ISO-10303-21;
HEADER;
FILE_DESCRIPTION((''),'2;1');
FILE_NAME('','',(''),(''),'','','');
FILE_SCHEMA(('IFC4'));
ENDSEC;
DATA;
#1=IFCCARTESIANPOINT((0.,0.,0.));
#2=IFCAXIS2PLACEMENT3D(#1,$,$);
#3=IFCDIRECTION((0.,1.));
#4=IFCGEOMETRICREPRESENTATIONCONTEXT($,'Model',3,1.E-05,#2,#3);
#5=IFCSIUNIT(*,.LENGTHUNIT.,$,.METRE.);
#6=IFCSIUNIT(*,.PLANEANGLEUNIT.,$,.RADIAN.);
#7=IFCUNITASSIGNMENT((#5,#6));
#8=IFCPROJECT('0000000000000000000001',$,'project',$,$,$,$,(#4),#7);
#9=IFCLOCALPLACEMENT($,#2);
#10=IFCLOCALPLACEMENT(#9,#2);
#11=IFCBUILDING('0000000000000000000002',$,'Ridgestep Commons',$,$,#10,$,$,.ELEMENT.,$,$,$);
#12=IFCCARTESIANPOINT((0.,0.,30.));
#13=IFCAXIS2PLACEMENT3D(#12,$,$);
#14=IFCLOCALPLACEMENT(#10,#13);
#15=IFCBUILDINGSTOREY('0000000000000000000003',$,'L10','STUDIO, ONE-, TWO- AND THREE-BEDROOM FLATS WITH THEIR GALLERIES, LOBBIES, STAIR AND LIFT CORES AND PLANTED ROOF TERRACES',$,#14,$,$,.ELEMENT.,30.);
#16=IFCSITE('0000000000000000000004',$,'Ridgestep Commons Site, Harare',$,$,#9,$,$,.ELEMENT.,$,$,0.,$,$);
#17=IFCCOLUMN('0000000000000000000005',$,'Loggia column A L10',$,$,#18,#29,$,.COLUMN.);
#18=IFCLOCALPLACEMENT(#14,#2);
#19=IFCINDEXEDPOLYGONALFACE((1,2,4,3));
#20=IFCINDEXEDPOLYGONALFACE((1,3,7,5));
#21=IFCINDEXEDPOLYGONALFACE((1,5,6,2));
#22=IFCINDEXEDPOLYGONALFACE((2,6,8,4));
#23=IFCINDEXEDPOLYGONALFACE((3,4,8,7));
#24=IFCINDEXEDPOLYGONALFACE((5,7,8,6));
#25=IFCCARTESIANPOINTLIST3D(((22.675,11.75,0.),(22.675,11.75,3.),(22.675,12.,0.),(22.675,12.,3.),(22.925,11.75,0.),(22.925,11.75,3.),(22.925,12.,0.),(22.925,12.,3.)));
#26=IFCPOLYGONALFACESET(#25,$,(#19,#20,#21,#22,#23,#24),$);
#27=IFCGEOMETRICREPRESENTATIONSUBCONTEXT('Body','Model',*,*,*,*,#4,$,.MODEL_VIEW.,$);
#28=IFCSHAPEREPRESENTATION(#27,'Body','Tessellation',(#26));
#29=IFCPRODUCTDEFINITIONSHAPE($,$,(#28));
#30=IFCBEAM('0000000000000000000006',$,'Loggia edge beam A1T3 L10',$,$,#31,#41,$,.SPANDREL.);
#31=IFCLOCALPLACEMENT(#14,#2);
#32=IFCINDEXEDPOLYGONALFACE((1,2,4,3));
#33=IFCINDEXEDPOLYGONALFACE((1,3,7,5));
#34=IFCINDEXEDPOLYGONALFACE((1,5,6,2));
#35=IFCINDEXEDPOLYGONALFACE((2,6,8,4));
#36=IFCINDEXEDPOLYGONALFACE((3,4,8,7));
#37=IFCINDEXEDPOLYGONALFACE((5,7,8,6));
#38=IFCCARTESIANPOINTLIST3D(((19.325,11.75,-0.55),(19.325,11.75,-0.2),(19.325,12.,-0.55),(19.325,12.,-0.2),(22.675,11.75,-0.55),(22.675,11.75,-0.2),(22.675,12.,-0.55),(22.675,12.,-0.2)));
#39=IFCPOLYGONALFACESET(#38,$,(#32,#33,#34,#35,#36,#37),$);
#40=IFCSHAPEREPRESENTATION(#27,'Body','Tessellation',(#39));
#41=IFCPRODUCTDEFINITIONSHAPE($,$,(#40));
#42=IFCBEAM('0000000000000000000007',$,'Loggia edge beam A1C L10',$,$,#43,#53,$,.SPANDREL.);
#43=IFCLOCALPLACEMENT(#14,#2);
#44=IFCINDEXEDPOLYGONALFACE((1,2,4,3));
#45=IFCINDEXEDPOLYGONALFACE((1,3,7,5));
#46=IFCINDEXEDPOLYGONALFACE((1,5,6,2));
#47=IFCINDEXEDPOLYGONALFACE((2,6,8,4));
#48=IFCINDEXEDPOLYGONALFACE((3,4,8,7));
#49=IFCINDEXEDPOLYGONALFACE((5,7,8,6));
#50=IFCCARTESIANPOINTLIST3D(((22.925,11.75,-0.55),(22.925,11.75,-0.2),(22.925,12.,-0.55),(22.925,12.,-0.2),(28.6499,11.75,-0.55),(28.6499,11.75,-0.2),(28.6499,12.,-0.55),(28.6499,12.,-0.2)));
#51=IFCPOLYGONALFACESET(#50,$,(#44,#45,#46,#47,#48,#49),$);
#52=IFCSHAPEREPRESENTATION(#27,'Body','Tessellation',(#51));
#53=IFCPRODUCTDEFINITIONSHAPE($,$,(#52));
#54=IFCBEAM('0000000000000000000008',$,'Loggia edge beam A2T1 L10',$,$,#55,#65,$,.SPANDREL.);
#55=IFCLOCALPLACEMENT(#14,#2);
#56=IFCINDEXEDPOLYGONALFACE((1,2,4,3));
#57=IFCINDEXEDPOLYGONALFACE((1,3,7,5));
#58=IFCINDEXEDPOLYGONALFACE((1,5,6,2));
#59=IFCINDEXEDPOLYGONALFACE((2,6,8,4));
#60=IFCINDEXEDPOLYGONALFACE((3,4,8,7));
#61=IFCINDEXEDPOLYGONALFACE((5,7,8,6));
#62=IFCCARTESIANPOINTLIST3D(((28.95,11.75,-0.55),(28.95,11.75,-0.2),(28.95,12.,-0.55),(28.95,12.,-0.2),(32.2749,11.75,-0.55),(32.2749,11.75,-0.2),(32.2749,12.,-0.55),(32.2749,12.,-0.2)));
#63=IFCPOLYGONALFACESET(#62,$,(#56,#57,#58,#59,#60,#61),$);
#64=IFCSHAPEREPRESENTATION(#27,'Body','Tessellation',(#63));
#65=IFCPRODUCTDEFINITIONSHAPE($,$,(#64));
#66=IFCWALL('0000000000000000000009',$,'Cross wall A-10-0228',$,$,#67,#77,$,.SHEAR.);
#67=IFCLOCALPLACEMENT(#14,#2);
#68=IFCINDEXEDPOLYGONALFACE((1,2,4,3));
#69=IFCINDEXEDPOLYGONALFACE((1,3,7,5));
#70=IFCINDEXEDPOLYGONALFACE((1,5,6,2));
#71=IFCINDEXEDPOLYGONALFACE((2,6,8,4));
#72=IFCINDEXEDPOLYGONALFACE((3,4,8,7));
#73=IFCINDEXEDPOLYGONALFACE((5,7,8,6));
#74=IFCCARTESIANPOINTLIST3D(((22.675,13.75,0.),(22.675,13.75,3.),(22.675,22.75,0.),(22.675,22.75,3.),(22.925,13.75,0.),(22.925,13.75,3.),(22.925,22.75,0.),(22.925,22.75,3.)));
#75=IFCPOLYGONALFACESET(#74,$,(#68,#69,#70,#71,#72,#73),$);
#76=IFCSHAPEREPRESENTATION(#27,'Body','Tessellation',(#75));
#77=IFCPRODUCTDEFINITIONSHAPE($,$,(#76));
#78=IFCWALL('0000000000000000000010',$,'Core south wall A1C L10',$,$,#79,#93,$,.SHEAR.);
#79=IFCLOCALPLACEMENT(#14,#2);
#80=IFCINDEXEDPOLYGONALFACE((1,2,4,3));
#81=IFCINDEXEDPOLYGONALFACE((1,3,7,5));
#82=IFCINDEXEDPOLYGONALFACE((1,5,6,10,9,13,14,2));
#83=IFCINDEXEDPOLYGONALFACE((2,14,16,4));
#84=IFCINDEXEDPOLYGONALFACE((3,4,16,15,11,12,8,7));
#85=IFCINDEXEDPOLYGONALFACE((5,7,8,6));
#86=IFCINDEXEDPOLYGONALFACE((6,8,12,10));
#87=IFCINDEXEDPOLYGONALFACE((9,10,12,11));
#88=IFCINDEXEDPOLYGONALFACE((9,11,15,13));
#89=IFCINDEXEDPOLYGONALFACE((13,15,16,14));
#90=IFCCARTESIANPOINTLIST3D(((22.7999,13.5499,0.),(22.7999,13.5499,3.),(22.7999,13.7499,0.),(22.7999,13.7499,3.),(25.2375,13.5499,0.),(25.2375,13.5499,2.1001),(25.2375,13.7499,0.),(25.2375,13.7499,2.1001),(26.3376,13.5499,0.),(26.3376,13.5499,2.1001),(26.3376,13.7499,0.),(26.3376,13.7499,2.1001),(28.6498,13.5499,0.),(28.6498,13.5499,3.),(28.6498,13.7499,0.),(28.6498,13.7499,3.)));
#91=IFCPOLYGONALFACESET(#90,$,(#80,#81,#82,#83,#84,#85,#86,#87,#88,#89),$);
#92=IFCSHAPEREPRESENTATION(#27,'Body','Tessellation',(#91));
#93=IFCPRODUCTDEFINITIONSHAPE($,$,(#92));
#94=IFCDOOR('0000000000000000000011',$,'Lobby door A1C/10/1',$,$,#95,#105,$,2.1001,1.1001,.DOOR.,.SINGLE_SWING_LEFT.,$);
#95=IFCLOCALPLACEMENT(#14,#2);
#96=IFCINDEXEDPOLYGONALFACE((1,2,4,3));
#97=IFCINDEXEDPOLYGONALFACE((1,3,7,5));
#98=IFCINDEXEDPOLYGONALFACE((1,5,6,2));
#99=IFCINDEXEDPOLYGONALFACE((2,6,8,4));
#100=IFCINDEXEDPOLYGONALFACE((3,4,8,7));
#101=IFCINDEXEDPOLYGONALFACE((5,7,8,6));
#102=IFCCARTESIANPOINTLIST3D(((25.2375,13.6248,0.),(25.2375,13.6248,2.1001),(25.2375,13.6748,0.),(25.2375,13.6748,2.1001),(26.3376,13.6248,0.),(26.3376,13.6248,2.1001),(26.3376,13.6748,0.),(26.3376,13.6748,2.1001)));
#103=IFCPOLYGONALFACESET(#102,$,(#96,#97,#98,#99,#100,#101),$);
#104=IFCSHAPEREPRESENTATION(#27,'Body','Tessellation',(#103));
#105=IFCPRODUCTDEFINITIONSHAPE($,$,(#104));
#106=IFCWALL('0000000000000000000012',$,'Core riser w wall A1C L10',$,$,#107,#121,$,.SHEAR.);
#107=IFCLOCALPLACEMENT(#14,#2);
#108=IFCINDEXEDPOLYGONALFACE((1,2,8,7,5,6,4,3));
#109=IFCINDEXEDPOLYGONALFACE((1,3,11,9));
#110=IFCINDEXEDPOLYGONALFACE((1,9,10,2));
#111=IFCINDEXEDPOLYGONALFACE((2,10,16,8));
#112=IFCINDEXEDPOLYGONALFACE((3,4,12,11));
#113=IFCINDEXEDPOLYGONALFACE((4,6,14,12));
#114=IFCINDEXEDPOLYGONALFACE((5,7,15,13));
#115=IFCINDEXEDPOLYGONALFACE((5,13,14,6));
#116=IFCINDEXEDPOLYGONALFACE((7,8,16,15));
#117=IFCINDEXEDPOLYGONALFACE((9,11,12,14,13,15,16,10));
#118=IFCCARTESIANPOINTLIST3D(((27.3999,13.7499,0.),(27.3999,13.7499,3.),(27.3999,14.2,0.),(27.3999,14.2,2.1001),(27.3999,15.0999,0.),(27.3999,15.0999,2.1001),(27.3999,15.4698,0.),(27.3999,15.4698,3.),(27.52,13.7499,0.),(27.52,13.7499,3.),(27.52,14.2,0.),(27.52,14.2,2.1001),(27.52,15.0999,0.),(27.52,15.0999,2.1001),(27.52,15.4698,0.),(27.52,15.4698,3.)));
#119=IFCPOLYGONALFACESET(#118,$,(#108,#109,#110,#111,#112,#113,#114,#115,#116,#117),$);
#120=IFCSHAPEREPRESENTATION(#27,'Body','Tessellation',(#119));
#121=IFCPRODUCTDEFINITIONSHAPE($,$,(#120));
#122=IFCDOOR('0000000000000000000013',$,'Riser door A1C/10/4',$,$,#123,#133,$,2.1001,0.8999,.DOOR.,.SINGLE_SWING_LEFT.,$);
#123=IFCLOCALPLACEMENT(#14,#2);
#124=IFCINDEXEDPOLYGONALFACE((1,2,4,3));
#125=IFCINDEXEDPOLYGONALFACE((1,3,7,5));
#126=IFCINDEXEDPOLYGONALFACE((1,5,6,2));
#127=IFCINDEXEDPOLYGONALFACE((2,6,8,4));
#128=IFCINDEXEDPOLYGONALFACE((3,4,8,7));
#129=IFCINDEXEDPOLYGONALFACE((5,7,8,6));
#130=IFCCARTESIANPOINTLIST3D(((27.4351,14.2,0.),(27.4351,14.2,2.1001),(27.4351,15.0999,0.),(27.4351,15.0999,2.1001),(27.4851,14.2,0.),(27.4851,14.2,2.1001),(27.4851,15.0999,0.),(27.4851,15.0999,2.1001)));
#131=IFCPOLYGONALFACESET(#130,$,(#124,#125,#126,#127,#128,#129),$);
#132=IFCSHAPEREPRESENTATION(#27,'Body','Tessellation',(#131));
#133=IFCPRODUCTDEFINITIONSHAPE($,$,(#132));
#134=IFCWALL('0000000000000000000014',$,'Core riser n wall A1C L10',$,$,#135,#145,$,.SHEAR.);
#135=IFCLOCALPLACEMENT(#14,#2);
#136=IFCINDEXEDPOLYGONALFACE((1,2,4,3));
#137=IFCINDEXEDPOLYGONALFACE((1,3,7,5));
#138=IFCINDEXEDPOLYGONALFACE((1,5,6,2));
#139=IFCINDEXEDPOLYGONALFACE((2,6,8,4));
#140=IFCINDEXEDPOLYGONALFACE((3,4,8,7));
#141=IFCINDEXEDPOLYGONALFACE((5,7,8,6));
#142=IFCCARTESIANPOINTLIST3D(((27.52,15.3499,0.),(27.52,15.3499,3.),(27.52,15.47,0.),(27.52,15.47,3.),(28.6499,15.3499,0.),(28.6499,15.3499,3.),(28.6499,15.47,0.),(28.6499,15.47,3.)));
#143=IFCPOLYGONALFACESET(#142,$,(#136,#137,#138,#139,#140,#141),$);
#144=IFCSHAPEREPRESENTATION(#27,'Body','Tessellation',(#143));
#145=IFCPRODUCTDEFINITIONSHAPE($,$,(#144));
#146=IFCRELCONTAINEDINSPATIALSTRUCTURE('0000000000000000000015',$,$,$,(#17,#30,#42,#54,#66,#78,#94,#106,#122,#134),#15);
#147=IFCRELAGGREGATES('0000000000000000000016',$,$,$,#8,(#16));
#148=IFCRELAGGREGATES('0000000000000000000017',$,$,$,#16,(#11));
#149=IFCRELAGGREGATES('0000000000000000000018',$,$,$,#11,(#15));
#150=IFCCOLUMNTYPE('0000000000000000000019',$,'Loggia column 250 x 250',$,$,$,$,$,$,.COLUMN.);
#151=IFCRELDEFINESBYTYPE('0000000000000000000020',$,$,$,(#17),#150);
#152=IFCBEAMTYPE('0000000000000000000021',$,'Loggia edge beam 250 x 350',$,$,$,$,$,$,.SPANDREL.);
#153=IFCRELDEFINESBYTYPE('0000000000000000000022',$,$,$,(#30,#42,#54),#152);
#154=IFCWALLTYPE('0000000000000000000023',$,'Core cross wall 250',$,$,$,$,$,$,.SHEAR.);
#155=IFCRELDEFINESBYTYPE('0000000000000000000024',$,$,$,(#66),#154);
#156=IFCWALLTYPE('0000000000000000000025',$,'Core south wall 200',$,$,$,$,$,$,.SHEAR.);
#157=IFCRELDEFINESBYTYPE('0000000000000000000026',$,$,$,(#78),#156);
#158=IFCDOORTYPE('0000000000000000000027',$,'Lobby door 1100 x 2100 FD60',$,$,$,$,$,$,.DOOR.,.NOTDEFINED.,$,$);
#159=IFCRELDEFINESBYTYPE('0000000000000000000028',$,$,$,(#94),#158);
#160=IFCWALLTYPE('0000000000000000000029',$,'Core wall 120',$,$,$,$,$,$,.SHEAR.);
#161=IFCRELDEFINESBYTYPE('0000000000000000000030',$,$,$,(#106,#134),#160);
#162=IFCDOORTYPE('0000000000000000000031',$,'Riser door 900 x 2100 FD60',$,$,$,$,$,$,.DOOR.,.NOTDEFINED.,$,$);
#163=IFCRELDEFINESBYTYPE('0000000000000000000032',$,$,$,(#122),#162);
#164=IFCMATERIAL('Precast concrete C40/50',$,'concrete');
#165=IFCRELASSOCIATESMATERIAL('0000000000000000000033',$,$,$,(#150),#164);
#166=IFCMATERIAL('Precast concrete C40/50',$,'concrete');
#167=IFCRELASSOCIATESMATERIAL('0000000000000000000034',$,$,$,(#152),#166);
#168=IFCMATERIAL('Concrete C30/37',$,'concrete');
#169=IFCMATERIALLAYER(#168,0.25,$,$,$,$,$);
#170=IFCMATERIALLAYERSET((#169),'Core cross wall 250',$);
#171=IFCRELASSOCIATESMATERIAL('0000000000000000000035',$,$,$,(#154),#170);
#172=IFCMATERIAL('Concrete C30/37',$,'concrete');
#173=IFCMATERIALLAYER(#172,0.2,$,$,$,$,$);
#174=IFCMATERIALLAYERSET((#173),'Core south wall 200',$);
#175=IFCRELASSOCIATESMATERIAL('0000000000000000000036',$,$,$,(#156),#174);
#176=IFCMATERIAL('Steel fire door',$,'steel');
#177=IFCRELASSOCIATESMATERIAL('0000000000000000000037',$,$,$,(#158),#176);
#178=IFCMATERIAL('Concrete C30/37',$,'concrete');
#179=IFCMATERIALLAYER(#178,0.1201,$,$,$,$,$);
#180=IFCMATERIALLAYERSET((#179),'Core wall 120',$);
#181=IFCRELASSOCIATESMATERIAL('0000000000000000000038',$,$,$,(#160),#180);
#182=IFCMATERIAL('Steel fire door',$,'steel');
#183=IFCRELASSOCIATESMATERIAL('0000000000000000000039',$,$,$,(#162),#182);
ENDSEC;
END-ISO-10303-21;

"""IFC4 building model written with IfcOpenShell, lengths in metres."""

from ifc_helpers import new_model, si_unit, direction, frame, frame_2d, origin, origin_2d, place, context, subcontext, project, spatial, rectangle, extrude, material, layer, layer_set, material_profile, profile_set, type_object, element, fill, save


model = new_model("IFC4")

# Units and contexts
model_context = context("Model", 3, precision=1e-05, world=origin(), true_north=direction((0.0, 1.0)))
body_context = subcontext(model_context, "Body", "Model", "MODEL_VIEW")
ifc_project = project(units=[si_unit("LENGTHUNIT", "METRE"), si_unit("PLANEANGLEUNIT", "RADIAN")], contexts=[model_context])

# Site, building, storey
site_placement = place(None, origin())
site = spatial("IfcSite", under=ifc_project, at=site_placement, Name="Ridgestep Commons Site, Harare", CompositionType="ELEMENT", RefElevation=0.0)
building_placement = place(site_placement, origin())
building = spatial("IfcBuilding", under=site, at=building_placement, Name="Ridgestep Commons", CompositionType="ELEMENT")
storey_placement = place(building_placement, frame((0.0, 0.0, 30.0)))
storey = spatial("IfcBuildingStorey", under=building, at=storey_placement, Name="L10", Description="STUDIO, ONE-, TWO- AND THREE-BEDROOM FLATS WITH THEIR GALLERIES, LOBBIES, STAIR AND LIFT CORES AND PLANTED ROOF TERRACES", CompositionType="ELEMENT", Elevation=30.0)

# Column
ifc_material_1 = material(Name="Precast concrete C40/50", Category="concrete")
ifc_material_profile_1 = material_profile(ifc_material_1, rectangle(XDim=0.25, YDim=0.25, at=origin_2d()), Name="PC 250x250")
ifc_profile_set_1 = profile_set([ifc_material_profile_1], Name="Precast concrete C40/50")
column_type = type_object("IfcColumnType", Name="Loggia column 250 x 250", PredefinedType="COLUMN", material=ifc_profile_set_1)
column_placement = place(storey_placement, frame((22.8, 11.875, 0.0), z_axis=(0.0, 0.0, 1.0), x_axis=(1.0, 0.0, 0.0)))
element("IfcColumn", 1, at=column_placement, inside=storey, type_object=column_type, Name="Loggia column A L10", PredefinedType="COLUMN", context=body_context, shape_type="SweptSolid", body=[
    extrude(rectangle(XDim=0.25, YDim=0.25, at=origin_2d()), origin(), (0.0, 0.0, 1.0), 3.0),
])

# Beams
ifc_material_2 = material(Name="Precast concrete C40/50", Category="concrete")
ifc_material_profile_2 = material_profile(ifc_material_2, rectangle(XDim=0.25, YDim=0.3501, at=origin_2d()), Name="PC 250x350")
ifc_profile_set_2 = profile_set([ifc_material_profile_2], Name="Precast concrete C40/50")
beam_type = type_object("IfcBeamType", Name="Loggia edge beam 250 x 350", PredefinedType="SPANDREL", material=ifc_profile_set_2)
beam_1_placement = place(storey_placement, frame((19.325, 11.875, -0.375), z_axis=(1.0, 0.0, 0.0), x_axis=(0.0, 1.0, 0.0)))
element("IfcBeam", 2, at=beam_1_placement, inside=storey, type_object=beam_type, Name="Loggia edge beam A1T3 L10", PredefinedType="SPANDREL", context=body_context, shape_type="SweptSolid", body=[
    extrude(rectangle(XDim=0.25, YDim=0.3501, at=origin_2d()), origin(), (0.0, 0.0, 1.0), 3.3501),
])
beam_2_placement = place(storey_placement, frame((22.925, 11.875, -0.375), z_axis=(1.0, 0.0, 0.0), x_axis=(0.0, 1.0, 0.0)))
element("IfcBeam", 3, at=beam_2_placement, inside=storey, type_object=beam_type, Name="Loggia edge beam A1C L10", PredefinedType="SPANDREL", context=body_context, shape_type="SweptSolid", body=[
    extrude(rectangle(XDim=0.25, YDim=0.3501, at=origin_2d()), origin(), (0.0, 0.0, 1.0), 5.7249),
])
beam_3_placement = place(storey_placement, frame((28.95, 11.875, -0.375), z_axis=(1.0, 0.0, 0.0), x_axis=(0.0, 1.0, 0.0)))
element("IfcBeam", 4, at=beam_3_placement, inside=storey, type_object=beam_type, Name="Loggia edge beam A2T1 L10", PredefinedType="SPANDREL", context=body_context, shape_type="SweptSolid", body=[
    extrude(rectangle(XDim=0.25, YDim=0.3501, at=origin_2d()), origin(), (0.0, 0.0, 1.0), 3.325),
])

# Wall
ifc_material_3 = material(Name="Concrete C30/37", Category="concrete")
ifc_layer_1 = layer(ifc_material_3, 0.25)
ifc_layer_set_1 = layer_set([ifc_layer_1], Name="Core cross wall 250")
wall_type_1 = type_object("IfcWallType", Name="Core cross wall 250", PredefinedType="SHEAR", material=ifc_layer_set_1)
wall_1_placement = place(storey_placement, frame((22.8, 13.75, 0.0), z_axis=(0.0, 0.0, 1.0), x_axis=(0.0, 1.0, 0.0)))
element("IfcWall", 5, at=wall_1_placement, inside=storey, type_object=wall_type_1, Name="Cross wall A-10-0228", PredefinedType="SHEAR", context=body_context, shape_type="SweptSolid", body=[
    extrude(rectangle(XDim=9.0, YDim=0.25, at=frame_2d((4.5, 0.0))), origin(), (0.0, 0.0, 1.0), 3.0),
])

# Walls, openings, doors
ifc_material_4 = material(Name="Concrete C30/37", Category="concrete")
ifc_layer_2 = layer(ifc_material_4, 0.2)
ifc_layer_set_2 = layer_set([ifc_layer_2], Name="Core south wall 200")
wall_type_2 = type_object("IfcWallType", Name="Core south wall 200", PredefinedType="SHEAR", material=ifc_layer_set_2)
wall_2_placement = place(storey_placement, frame((22.8, 13.6499, 0.0), z_axis=(0.0, 0.0, 1.0), x_axis=(1.0, 0.0, 0.0)))
wall_2 = element("IfcWall", 6, at=wall_2_placement, inside=storey, type_object=wall_type_2, Name="Core south wall A1C L10", PredefinedType="SHEAR", context=body_context, shape_type="SweptSolid", body=[
    extrude(rectangle(XDim=5.8499, YDim=0.2, at=frame_2d((2.9248, 0.0))), origin(), (0.0, 0.0, 1.0), 3.0),
])
opening_1_placement = place(wall_2_placement, frame((2.4375, 0.0, 0.0)))
opening_1 = element("IfcOpeningElement", 7, at=opening_1_placement, cuts=wall_2, PredefinedType="OPENING", context=body_context, shape_type="SweptSolid", body=[
    extrude(rectangle(XDim=1.1001, YDim=2.1001, at=frame_2d((0.55, 1.05))), frame((0.0, 0.1099, 0.0), z_axis=(0.0, -1.0, 0.0), x_axis=(1.0, 0.0, 0.0)), (0.0, 0.0, 1.0), 0.22),
])
ifc_material_5 = material(Name="Steel fire door", Category="steel")
door_type_1 = type_object("IfcDoorType", Name="Lobby door 1100 x 2100 FD60", OperationType="NOTDEFINED", PredefinedType="DOOR", material=ifc_material_5)
door_1_placement = place(opening_1_placement, origin())
door_1 = element("IfcDoor", 8, at=door_1_placement, inside=storey, type_object=door_type_1, Name="Lobby door A1C/10/1", OperationType="SINGLE_SWING_LEFT", OverallHeight=2.1001, OverallWidth=1.1001, PredefinedType="DOOR", context=body_context, shape_type="SweptSolid", body=[
    extrude(rectangle(XDim=1.1001, YDim=2.1001, at=frame_2d((0.55, 1.05))), frame((0.0, 0.0249, 0.0), z_axis=(0.0, -1.0, 0.0), x_axis=(1.0, 0.0, 0.0)), (0.0, 0.0, 1.0), 0.05),
])
fill(opening_1, door_1)
ifc_material_6 = material(Name="Concrete C30/37", Category="concrete")
ifc_layer_3 = layer(ifc_material_6, 0.1201)
ifc_layer_set_3 = layer_set([ifc_layer_3], Name="Core wall 120")
wall_type_3 = type_object("IfcWallType", Name="Core wall 120", PredefinedType="SHEAR", material=ifc_layer_set_3)
wall_3_placement = place(storey_placement, frame((27.46, 13.75, 0.0), z_axis=(0.0, 0.0, 1.0), x_axis=(0.0, 1.0, 0.0)))
wall_3 = element("IfcWall", 9, at=wall_3_placement, inside=storey, type_object=wall_type_3, Name="Core riser w wall A1C L10", PredefinedType="SHEAR", context=body_context, shape_type="SweptSolid", body=[
    extrude(rectangle(XDim=1.72, YDim=0.1201, at=frame_2d((0.8599, 0.0))), origin(), (0.0, 0.0, 1.0), 3.0),
])
opening_2_placement = place(wall_3_placement, frame((0.45, 0.0, 0.0)))
opening_2 = element("IfcOpeningElement", 10, at=opening_2_placement, cuts=wall_3, PredefinedType="OPENING", context=body_context, shape_type="SweptSolid", body=[
    extrude(rectangle(XDim=0.8999, YDim=2.1001, at=frame_2d((0.45, 1.05))), frame((0.0, 0.0701, 0.0), z_axis=(0.0, -1.0, 0.0), x_axis=(1.0, 0.0, 0.0)), (0.0, 0.0, 1.0), 0.1401),
])
ifc_material_7 = material(Name="Steel fire door", Category="steel")
door_type_2 = type_object("IfcDoorType", Name="Riser door 900 x 2100 FD60", OperationType="NOTDEFINED", PredefinedType="DOOR", material=ifc_material_7)
door_2_placement = place(opening_2_placement, origin())
door_2 = element("IfcDoor", 11, at=door_2_placement, inside=storey, type_object=door_type_2, Name="Riser door A1C/10/4", OperationType="SINGLE_SWING_LEFT", OverallHeight=2.1001, OverallWidth=0.8999, PredefinedType="DOOR", context=body_context, shape_type="SweptSolid", body=[
    extrude(rectangle(XDim=0.8999, YDim=2.1001, at=frame_2d((0.45, 1.05))), frame((0.0, 0.0249, 0.0), z_axis=(0.0, -1.0, 0.0), x_axis=(1.0, 0.0, 0.0)), (0.0, 0.0, 1.0), 0.05),
])
fill(opening_2, door_2)

# Wall
wall_4_placement = place(storey_placement, frame((27.52, 15.4099, 0.0), z_axis=(0.0, 0.0, 1.0), x_axis=(1.0, 0.0, 0.0)))
element("IfcWall", 12, at=wall_4_placement, inside=storey, type_object=wall_type_3, Name="Core riser n wall A1C L10", PredefinedType="SHEAR", context=body_context, shape_type="SweptSolid", body=[
    extrude(rectangle(XDim=1.1299, YDim=0.1201, at=frame_2d((0.5649, 0.0))), origin(), (0.0, 0.0, 1.0), 3.0),
])

save(model, "model.ifc")
